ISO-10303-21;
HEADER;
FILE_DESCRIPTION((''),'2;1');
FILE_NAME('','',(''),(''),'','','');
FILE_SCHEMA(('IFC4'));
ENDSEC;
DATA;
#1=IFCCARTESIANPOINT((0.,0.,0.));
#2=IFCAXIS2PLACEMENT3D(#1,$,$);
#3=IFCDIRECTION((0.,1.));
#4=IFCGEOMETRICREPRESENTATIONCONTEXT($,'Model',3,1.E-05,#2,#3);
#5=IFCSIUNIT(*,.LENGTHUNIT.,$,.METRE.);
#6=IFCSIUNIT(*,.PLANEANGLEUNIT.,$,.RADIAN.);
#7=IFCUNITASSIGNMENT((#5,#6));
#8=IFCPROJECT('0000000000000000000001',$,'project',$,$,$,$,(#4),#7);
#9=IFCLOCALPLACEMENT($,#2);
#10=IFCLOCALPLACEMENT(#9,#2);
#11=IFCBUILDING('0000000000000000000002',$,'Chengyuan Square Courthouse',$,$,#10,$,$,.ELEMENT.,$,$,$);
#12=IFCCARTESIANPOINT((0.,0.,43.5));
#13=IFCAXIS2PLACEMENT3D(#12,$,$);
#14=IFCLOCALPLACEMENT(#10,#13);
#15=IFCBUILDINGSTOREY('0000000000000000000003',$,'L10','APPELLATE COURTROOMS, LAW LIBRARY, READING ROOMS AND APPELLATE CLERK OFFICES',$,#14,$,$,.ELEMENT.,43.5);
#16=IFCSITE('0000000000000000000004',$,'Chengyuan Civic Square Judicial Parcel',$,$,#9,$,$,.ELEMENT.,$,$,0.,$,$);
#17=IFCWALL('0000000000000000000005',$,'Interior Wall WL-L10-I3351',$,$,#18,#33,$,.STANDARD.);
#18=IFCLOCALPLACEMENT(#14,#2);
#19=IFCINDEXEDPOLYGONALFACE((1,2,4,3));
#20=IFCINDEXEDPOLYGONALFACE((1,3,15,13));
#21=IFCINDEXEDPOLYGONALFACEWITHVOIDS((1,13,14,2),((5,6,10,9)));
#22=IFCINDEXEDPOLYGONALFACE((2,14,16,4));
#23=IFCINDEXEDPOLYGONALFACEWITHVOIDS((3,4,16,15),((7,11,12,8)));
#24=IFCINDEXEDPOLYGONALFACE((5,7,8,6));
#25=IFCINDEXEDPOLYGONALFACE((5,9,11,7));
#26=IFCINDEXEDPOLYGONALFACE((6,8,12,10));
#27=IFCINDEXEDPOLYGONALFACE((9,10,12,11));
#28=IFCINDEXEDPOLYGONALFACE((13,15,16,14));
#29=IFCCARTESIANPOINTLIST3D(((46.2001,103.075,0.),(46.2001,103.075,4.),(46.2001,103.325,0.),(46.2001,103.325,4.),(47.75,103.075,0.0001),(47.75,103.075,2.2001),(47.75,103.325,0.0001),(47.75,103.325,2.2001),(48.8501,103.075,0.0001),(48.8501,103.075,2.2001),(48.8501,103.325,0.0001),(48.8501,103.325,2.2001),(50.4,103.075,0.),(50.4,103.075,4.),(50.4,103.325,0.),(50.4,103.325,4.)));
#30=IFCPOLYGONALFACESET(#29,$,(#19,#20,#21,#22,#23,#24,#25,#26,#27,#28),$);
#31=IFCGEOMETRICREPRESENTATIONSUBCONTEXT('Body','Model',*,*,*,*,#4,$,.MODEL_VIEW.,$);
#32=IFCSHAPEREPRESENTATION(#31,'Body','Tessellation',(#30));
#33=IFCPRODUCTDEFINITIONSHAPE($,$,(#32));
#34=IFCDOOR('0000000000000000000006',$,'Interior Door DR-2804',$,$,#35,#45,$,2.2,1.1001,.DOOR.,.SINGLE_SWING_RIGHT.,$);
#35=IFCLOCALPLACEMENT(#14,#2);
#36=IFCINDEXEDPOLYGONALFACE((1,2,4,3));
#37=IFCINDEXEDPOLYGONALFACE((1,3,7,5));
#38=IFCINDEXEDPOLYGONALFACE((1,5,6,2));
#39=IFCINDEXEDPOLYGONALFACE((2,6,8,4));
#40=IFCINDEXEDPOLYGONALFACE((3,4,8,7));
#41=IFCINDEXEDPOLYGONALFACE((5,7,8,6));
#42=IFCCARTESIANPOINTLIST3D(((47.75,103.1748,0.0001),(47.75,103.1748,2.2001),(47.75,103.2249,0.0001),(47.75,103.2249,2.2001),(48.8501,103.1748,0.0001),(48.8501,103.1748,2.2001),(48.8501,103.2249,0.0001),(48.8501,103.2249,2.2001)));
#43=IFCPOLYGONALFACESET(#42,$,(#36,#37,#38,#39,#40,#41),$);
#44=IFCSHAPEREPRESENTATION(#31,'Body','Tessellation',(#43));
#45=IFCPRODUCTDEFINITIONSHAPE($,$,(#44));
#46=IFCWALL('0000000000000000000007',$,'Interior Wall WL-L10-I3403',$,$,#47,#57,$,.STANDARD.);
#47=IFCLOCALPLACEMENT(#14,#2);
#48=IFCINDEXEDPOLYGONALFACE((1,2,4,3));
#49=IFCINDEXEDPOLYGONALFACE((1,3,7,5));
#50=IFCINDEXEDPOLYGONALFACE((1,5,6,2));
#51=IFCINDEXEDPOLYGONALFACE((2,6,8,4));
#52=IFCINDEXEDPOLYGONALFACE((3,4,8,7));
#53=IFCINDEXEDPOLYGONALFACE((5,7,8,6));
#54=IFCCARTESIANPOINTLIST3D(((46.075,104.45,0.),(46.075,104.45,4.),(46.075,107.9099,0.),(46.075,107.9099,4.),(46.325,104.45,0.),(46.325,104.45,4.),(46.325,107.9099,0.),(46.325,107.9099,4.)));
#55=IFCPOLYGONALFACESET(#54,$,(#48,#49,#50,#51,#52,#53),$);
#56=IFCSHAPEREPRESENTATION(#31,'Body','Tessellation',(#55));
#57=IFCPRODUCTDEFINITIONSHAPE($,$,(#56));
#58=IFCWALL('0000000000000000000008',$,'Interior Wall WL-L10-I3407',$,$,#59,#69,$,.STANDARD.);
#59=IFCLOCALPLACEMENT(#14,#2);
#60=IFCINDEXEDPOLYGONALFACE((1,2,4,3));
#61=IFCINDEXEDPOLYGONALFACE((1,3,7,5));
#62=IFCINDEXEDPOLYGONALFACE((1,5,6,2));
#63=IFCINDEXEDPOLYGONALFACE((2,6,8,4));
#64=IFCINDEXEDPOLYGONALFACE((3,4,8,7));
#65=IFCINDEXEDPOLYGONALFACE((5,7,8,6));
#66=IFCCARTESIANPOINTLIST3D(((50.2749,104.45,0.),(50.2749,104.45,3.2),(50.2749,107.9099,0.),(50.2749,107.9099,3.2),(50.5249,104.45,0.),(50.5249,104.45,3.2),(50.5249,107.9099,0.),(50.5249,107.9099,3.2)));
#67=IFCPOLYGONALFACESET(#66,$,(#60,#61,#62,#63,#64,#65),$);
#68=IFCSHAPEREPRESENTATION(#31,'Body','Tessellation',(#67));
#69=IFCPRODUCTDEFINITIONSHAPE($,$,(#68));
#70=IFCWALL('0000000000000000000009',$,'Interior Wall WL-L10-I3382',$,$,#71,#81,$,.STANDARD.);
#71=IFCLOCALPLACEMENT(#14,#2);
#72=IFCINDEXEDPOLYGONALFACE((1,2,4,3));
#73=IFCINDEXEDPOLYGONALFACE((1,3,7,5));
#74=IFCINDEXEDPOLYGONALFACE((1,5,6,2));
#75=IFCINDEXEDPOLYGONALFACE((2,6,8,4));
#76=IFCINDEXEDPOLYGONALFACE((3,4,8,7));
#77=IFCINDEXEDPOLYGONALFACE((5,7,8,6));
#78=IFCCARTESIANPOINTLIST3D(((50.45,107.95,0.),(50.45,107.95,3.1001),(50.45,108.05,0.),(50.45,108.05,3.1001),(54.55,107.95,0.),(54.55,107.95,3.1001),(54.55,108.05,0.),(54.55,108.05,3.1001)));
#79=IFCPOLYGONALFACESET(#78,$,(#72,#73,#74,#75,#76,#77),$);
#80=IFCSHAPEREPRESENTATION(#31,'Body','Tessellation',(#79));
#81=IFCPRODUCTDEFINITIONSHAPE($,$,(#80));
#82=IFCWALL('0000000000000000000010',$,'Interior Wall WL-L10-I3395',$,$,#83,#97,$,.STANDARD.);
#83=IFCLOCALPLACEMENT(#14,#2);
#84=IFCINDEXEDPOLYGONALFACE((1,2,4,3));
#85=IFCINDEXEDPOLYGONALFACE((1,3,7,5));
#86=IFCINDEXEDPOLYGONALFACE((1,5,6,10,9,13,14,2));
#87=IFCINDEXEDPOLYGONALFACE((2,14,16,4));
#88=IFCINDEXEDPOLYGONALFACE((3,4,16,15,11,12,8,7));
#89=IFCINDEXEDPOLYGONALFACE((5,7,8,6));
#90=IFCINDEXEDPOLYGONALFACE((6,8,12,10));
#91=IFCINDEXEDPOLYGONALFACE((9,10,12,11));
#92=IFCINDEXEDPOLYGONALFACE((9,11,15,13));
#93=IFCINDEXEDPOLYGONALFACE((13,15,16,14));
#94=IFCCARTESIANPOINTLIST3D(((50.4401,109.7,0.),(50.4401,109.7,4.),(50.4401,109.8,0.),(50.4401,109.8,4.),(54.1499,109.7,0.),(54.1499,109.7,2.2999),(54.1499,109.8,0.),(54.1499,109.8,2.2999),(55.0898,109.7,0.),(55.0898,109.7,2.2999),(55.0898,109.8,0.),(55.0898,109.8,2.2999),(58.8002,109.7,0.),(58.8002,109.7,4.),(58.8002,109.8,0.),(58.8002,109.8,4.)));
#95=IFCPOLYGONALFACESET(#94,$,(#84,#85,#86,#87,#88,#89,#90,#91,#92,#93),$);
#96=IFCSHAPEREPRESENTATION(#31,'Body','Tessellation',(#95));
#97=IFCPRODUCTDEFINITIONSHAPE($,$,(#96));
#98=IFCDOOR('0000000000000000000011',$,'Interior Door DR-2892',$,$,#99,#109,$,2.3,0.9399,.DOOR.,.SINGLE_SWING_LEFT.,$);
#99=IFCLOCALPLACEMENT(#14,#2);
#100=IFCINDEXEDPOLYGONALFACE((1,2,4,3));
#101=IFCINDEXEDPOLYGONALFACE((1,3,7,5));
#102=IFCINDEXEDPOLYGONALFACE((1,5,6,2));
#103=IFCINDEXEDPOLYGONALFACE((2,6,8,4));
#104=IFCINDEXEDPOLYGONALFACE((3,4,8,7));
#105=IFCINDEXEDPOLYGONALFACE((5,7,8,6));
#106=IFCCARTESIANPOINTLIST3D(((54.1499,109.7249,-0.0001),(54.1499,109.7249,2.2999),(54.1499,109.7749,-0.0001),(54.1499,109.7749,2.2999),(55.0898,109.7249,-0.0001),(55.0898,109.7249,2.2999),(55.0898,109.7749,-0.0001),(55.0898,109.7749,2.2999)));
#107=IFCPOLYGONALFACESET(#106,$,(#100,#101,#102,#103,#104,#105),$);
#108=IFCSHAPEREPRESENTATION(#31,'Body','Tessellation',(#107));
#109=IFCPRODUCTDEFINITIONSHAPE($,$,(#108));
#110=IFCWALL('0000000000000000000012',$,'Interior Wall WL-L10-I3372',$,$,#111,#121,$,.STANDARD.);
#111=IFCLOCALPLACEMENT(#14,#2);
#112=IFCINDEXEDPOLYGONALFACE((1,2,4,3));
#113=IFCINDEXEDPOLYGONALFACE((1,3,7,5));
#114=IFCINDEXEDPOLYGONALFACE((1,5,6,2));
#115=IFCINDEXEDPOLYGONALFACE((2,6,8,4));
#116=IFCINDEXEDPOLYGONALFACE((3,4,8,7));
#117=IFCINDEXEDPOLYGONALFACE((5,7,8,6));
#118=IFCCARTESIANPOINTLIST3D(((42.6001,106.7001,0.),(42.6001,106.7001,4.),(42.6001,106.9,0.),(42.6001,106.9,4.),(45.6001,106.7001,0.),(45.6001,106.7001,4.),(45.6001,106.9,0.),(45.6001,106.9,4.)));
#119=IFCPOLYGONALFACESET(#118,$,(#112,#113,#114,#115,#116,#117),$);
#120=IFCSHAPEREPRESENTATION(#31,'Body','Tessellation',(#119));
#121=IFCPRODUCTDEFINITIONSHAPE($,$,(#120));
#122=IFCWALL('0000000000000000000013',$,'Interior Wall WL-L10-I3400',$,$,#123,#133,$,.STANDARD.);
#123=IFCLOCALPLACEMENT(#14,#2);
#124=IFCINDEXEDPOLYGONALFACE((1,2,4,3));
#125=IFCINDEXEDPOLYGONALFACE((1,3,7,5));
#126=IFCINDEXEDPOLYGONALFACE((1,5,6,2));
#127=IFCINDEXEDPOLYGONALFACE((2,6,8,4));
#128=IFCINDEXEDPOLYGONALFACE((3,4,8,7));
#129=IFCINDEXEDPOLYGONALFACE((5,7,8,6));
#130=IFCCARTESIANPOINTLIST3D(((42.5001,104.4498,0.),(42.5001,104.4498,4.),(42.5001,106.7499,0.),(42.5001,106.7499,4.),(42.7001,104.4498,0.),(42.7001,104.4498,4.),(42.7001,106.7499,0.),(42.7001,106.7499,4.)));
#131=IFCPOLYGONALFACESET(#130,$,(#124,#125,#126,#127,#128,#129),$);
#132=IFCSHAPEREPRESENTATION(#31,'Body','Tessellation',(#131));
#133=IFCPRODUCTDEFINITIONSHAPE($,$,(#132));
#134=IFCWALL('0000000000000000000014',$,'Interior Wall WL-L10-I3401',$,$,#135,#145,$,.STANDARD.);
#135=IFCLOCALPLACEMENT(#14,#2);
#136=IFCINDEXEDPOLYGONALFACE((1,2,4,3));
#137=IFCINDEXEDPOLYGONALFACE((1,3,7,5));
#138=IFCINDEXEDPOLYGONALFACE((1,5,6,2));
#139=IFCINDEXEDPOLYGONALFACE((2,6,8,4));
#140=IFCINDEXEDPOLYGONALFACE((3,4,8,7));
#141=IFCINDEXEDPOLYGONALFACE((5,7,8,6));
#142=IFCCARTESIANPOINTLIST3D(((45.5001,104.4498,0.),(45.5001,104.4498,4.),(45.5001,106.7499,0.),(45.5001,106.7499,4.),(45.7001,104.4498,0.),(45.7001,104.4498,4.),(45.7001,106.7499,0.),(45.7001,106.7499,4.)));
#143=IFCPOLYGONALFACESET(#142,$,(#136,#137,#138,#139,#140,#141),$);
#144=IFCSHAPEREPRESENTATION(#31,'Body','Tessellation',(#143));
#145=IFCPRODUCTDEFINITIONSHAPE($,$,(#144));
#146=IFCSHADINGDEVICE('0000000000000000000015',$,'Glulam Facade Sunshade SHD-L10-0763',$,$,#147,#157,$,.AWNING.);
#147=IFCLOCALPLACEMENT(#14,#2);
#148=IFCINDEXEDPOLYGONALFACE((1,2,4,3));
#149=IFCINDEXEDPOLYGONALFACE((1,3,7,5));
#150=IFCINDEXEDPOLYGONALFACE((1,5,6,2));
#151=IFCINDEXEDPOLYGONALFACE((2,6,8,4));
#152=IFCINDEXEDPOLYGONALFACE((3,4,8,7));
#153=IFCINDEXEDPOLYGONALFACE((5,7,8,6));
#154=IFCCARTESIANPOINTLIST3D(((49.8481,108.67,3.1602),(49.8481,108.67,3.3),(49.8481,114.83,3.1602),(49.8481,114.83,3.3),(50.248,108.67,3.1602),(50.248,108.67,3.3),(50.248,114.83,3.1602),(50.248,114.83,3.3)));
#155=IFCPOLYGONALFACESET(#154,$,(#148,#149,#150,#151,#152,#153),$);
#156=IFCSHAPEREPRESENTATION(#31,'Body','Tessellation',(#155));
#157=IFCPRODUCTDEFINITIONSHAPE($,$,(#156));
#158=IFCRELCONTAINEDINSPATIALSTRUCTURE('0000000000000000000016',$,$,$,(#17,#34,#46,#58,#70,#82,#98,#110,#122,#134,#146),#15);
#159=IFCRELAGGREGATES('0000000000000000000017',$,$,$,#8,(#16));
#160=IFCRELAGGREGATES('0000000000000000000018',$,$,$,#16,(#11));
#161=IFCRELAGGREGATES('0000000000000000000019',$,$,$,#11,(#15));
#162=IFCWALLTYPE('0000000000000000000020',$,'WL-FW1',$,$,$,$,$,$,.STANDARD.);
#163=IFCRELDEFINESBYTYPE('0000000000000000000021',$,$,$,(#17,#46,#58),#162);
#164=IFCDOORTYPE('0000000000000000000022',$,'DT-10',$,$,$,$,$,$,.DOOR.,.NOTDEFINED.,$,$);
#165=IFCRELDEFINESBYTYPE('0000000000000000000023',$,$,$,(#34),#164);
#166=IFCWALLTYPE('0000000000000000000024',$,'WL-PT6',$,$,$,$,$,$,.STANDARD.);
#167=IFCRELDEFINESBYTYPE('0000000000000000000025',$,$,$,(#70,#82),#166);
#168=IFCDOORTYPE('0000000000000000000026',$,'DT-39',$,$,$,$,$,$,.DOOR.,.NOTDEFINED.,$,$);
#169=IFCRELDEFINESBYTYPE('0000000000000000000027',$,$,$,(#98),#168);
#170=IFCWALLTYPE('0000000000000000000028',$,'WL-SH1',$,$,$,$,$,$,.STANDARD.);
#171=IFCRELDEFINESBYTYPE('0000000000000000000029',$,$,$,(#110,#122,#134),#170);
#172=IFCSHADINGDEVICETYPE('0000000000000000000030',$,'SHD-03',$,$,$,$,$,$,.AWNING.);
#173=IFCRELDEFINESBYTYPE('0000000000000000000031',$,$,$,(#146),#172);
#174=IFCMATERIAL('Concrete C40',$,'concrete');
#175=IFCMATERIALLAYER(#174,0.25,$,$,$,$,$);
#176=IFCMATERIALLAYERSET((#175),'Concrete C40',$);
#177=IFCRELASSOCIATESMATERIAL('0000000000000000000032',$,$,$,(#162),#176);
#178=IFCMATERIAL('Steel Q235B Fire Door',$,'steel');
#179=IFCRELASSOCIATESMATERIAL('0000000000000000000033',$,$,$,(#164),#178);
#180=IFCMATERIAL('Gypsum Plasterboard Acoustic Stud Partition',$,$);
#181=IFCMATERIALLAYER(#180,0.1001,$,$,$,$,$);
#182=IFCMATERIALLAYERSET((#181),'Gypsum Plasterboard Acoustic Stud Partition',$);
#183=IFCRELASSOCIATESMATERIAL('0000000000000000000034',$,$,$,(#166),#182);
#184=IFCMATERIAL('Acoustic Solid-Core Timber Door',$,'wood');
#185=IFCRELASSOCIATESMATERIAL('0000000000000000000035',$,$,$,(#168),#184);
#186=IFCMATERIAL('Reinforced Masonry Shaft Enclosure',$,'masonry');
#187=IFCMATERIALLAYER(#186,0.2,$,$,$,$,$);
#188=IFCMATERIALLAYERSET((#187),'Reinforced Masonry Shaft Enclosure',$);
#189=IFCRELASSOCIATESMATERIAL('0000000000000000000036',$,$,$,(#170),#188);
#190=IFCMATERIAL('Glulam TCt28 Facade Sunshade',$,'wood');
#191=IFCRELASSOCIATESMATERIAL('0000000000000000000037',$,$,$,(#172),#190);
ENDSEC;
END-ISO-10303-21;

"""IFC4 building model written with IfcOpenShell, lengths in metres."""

from ifc_helpers import new_model, si_unit, direction, frame, frame_2d, origin, origin_2d, place, context, subcontext, project, spatial, rectangle, extrude, material, layer, layer_set, type_object, element, fill, save


model = new_model("IFC4")

# Units and contexts
model_context = context("Model", 3, precision=1e-05, world=origin(), true_north=direction((0.0, 1.0)))
body_context = subcontext(model_context, "Body", "Model", "MODEL_VIEW")
ifc_project = project(units=[si_unit("LENGTHUNIT", "METRE"), si_unit("PLANEANGLEUNIT", "RADIAN")], contexts=[model_context])

# Site, building, storey
site_placement = place(None, origin())
site = spatial("IfcSite", under=ifc_project, at=site_placement, Name="Chengyuan Civic Square Judicial Parcel", CompositionType="ELEMENT", RefElevation=0.0)
building_placement = place(site_placement, origin())
building = spatial("IfcBuilding", under=site, at=building_placement, Name="Chengyuan Square Courthouse", CompositionType="ELEMENT")
storey_placement = place(building_placement, frame((0.0, 0.0, 43.5)))
storey = spatial("IfcBuildingStorey", under=building, at=storey_placement, Name="L10", Description="APPELLATE COURTROOMS, LAW LIBRARY, READING ROOMS AND APPELLATE CLERK OFFICES", CompositionType="ELEMENT", Elevation=43.5)

# Shared definitions
ifc_material_1 = material(Name="Concrete C40", Category="concrete")

# Wall, opening, door
ifc_layer_1 = layer(ifc_material_1, 0.25)
ifc_layer_set_1 = layer_set([ifc_layer_1], Name="Concrete C40")
wall_type_1 = type_object("IfcWallType", Name="WL-FW1", PredefinedType="STANDARD", material=ifc_layer_set_1)
wall_1_placement = place(storey_placement, frame((46.2, 103.2, 0.0), z_axis=(0.0, 0.0, 1.0), x_axis=(1.0, 0.0, 0.0)))
wall_1 = element("IfcWall", 1, at=wall_1_placement, inside=storey, type_object=wall_type_1, Name="Interior Wall WL-L10-I3351", PredefinedType="STANDARD", context=body_context, shape_type="SweptSolid", body=[
    extrude(rectangle(XDim=4.2, YDim=0.25, at=frame_2d((2.1001, 0.0))), origin(), (0.0, 0.0, 1.0), 4.0),
])
opening_1_placement = place(wall_1_placement, frame((1.55, 0.0, 0.0)))
opening_1 = element("IfcOpeningElement", 2, at=opening_1_placement, cuts=wall_1, PredefinedType="OPENING", context=body_context, shape_type="SweptSolid", body=[
    extrude(rectangle(XDim=1.1001, YDim=2.2, at=frame_2d((0.55, 1.1001))), frame((0.0, 0.137, 0.0), z_axis=(0.0, -1.0, 0.0), x_axis=(1.0, 0.0, 0.0)), (0.0, 0.0, 1.0), 0.2739),
])
ifc_material_2 = material(Name="Steel Q235B Fire Door", Category="steel")
door_type_1 = type_object("IfcDoorType", Name="DT-10", OperationType="NOTDEFINED", PredefinedType="DOOR", material=ifc_material_2)
door_1_placement = place(opening_1_placement, origin())
door_1 = element("IfcDoor", 3, at=door_1_placement, inside=storey, type_object=door_type_1, Name="Interior Door DR-2804", OperationType="SINGLE_SWING_RIGHT", OverallHeight=2.2, OverallWidth=1.1001, PredefinedType="DOOR", context=body_context, shape_type="SweptSolid", body=[
    extrude(rectangle(XDim=1.1001, YDim=2.2, at=frame_2d((0.55, 1.1001))), frame((0.0, 0.0249, 0.0), z_axis=(0.0, -1.0, 0.0), x_axis=(1.0, 0.0, 0.0)), (0.0, 0.0, 1.0), 0.05),
])
fill(opening_1, door_1)

# Walls
wall_2_placement = place(storey_placement, frame((46.2, 104.45, 0.0), z_axis=(0.0, 0.0, 1.0), x_axis=(0.0, 1.0, 0.0)))
element("IfcWall", 4, at=wall_2_placement, inside=storey, type_object=wall_type_1, Name="Interior Wall WL-L10-I3403", PredefinedType="STANDARD", context=body_context, shape_type="SweptSolid", body=[
    extrude(rectangle(XDim=3.46, YDim=0.25, at=frame_2d((1.73, 0.0))), origin(), (0.0, 0.0, 1.0), 4.0),
])
wall_3_placement = place(storey_placement, frame((50.3999, 104.45, 0.0), z_axis=(0.0, 0.0, 1.0), x_axis=(0.0, 1.0, 0.0)))
element("IfcWall", 5, at=wall_3_placement, inside=storey, type_object=wall_type_1, Name="Interior Wall WL-L10-I3407", PredefinedType="STANDARD", context=body_context, shape_type="SweptSolid", body=[
    extrude(rectangle(XDim=3.46, YDim=0.25, at=frame_2d((1.73, 0.0))), origin(), (0.0, 0.0, 1.0), 3.2),
])
ifc_material_3 = material(Name="Gypsum Plasterboard Acoustic Stud Partition")
ifc_layer_2 = layer(ifc_material_3, 0.1001)
ifc_layer_set_2 = layer_set([ifc_layer_2], Name="Gypsum Plasterboard Acoustic Stud Partition")
wall_type_2 = type_object("IfcWallType", Name="WL-PT6", PredefinedType="STANDARD", material=ifc_layer_set_2)
wall_4_placement = place(storey_placement, frame((50.45, 108.0, 0.0), z_axis=(0.0, 0.0, 1.0), x_axis=(1.0, 0.0, 0.0)))
element("IfcWall", 6, at=wall_4_placement, inside=storey, type_object=wall_type_2, Name="Interior Wall WL-L10-I3382", PredefinedType="STANDARD", context=body_context, shape_type="SweptSolid", body=[
    extrude(rectangle(XDim=4.1001, YDim=0.1001, at=frame_2d((2.05, 0.0))), origin(), (0.0, 0.0, 1.0), 3.1001),
])

# Wall, opening, door
wall_5_placement = place(storey_placement, frame((50.4399, 109.75, 0.0), z_axis=(0.0, 0.0, 1.0), x_axis=(1.0, 0.0, 0.0)))
wall_5 = element("IfcWall", 7, at=wall_5_placement, inside=storey, type_object=wall_type_2, Name="Interior Wall WL-L10-I3395", PredefinedType="STANDARD", context=body_context, shape_type="SweptSolid", body=[
    extrude(rectangle(XDim=8.3601, YDim=0.1001, at=frame_2d((4.1802, 0.0))), origin(), (0.0, 0.0, 1.0), 4.0),
])
opening_2_placement = place(wall_5_placement, frame((3.71, 0.0, 0.0)))
opening_2 = element("IfcOpeningElement", 8, at=opening_2_placement, cuts=wall_5, PredefinedType="OPENING", context=body_context, shape_type="SweptSolid", body=[
    extrude(rectangle(XDim=0.9399, YDim=2.3, at=frame_2d((0.47, 1.1499))), frame((0.0, 0.062, 0.0), z_axis=(0.0, -1.0, 0.0), x_axis=(1.0, 0.0, 0.0)), (0.0, 0.0, 1.0), 0.124),
])
ifc_material_4 = material(Name="Acoustic Solid-Core Timber Door", Category="wood")
door_type_2 = type_object("IfcDoorType", Name="DT-39", OperationType="NOTDEFINED", PredefinedType="DOOR", material=ifc_material_4)
door_2_placement = place(opening_2_placement, origin())
door_2 = element("IfcDoor", 9, at=door_2_placement, inside=storey, type_object=door_type_2, Name="Interior Door DR-2892", OperationType="SINGLE_SWING_LEFT", OverallHeight=2.3, OverallWidth=0.9399, PredefinedType="DOOR", context=body_context, shape_type="SweptSolid", body=[
    extrude(rectangle(XDim=0.9399, YDim=2.3, at=frame_2d((0.47, 1.1499))), frame((0.0, 0.0249, 0.0), z_axis=(0.0, -1.0, 0.0), x_axis=(1.0, 0.0, 0.0)), (0.0, 0.0, 1.0), 0.05),
])
fill(opening_2, door_2)
ifc_material_5 = material(Name="Reinforced Masonry Shaft Enclosure", Category="masonry")
ifc_layer_3 = layer(ifc_material_5, 0.2)
ifc_layer_set_3 = layer_set([ifc_layer_3], Name="Reinforced Masonry Shaft Enclosure")
wall_type_3 = type_object("IfcWallType", Name="WL-SH1", PredefinedType="STANDARD", material=ifc_layer_set_3)

# Walls
wall_6_placement = place(storey_placement, frame((42.6001, 106.8, 0.0), z_axis=(0.0, 0.0, 1.0), x_axis=(1.0, 0.0, 0.0)))
element("IfcWall", 10, at=wall_6_placement, inside=storey, type_object=wall_type_3, Name="Interior Wall WL-L10-I3372", PredefinedType="STANDARD", context=body_context, shape_type="SweptSolid", body=[
    extrude(rectangle(XDim=3.0, YDim=0.2, at=frame_2d((1.5, 0.0))), origin(), (0.0, 0.0, 1.0), 4.0),
])
for number, where, z_axis, x_axis, name in (
    (11, (42.6001, 104.45, 0.0), (0.0, 0.0, 1.0), (0.0, 1.0, 0.0), "Interior Wall WL-L10-I3400"),
    (12, (45.6001, 104.45, 0.0), (0.0, 0.0, 1.0), (0.0, 1.0, 0.0), "Interior Wall WL-L10-I3401"),
):
    element("IfcWall", number, at=place(storey_placement, frame(where, z_axis=z_axis, x_axis=x_axis)), inside=storey, type_object=wall_type_3, Name=name, PredefinedType="STANDARD", context=body_context, shape_type="SweptSolid", body=[
        extrude(rectangle(XDim=2.3, YDim=0.2, at=frame_2d((1.1499, 0.0))), origin(), (0.0, 0.0, 1.0), 4.0),
    ])

# Shading device
ifc_material_6 = material(Name="Glulam TCt28 Facade Sunshade", Category="wood")
shading_device_type = type_object("IfcShadingDeviceType", Name="SHD-03", PredefinedType="AWNING", material=ifc_material_6)
shading_device_placement = place(storey_placement, frame((50.0481, 111.75, 3.1602), z_axis=(0.0, 0.0, 1.0), x_axis=(0.0, 1.0, 0.0)))
element("IfcShadingDevice", 13, at=shading_device_placement, inside=storey, type_object=shading_device_type, Name="Glulam Facade Sunshade SHD-L10-0763", PredefinedType="AWNING", context=body_context, shape_type="SweptSolid", body=[
    extrude(rectangle(XDim=6.1599, YDim=0.3999, at=origin_2d()), origin(), (0.0, 0.0, 1.0), 0.1399),
])

save(model, "model.ifc")
